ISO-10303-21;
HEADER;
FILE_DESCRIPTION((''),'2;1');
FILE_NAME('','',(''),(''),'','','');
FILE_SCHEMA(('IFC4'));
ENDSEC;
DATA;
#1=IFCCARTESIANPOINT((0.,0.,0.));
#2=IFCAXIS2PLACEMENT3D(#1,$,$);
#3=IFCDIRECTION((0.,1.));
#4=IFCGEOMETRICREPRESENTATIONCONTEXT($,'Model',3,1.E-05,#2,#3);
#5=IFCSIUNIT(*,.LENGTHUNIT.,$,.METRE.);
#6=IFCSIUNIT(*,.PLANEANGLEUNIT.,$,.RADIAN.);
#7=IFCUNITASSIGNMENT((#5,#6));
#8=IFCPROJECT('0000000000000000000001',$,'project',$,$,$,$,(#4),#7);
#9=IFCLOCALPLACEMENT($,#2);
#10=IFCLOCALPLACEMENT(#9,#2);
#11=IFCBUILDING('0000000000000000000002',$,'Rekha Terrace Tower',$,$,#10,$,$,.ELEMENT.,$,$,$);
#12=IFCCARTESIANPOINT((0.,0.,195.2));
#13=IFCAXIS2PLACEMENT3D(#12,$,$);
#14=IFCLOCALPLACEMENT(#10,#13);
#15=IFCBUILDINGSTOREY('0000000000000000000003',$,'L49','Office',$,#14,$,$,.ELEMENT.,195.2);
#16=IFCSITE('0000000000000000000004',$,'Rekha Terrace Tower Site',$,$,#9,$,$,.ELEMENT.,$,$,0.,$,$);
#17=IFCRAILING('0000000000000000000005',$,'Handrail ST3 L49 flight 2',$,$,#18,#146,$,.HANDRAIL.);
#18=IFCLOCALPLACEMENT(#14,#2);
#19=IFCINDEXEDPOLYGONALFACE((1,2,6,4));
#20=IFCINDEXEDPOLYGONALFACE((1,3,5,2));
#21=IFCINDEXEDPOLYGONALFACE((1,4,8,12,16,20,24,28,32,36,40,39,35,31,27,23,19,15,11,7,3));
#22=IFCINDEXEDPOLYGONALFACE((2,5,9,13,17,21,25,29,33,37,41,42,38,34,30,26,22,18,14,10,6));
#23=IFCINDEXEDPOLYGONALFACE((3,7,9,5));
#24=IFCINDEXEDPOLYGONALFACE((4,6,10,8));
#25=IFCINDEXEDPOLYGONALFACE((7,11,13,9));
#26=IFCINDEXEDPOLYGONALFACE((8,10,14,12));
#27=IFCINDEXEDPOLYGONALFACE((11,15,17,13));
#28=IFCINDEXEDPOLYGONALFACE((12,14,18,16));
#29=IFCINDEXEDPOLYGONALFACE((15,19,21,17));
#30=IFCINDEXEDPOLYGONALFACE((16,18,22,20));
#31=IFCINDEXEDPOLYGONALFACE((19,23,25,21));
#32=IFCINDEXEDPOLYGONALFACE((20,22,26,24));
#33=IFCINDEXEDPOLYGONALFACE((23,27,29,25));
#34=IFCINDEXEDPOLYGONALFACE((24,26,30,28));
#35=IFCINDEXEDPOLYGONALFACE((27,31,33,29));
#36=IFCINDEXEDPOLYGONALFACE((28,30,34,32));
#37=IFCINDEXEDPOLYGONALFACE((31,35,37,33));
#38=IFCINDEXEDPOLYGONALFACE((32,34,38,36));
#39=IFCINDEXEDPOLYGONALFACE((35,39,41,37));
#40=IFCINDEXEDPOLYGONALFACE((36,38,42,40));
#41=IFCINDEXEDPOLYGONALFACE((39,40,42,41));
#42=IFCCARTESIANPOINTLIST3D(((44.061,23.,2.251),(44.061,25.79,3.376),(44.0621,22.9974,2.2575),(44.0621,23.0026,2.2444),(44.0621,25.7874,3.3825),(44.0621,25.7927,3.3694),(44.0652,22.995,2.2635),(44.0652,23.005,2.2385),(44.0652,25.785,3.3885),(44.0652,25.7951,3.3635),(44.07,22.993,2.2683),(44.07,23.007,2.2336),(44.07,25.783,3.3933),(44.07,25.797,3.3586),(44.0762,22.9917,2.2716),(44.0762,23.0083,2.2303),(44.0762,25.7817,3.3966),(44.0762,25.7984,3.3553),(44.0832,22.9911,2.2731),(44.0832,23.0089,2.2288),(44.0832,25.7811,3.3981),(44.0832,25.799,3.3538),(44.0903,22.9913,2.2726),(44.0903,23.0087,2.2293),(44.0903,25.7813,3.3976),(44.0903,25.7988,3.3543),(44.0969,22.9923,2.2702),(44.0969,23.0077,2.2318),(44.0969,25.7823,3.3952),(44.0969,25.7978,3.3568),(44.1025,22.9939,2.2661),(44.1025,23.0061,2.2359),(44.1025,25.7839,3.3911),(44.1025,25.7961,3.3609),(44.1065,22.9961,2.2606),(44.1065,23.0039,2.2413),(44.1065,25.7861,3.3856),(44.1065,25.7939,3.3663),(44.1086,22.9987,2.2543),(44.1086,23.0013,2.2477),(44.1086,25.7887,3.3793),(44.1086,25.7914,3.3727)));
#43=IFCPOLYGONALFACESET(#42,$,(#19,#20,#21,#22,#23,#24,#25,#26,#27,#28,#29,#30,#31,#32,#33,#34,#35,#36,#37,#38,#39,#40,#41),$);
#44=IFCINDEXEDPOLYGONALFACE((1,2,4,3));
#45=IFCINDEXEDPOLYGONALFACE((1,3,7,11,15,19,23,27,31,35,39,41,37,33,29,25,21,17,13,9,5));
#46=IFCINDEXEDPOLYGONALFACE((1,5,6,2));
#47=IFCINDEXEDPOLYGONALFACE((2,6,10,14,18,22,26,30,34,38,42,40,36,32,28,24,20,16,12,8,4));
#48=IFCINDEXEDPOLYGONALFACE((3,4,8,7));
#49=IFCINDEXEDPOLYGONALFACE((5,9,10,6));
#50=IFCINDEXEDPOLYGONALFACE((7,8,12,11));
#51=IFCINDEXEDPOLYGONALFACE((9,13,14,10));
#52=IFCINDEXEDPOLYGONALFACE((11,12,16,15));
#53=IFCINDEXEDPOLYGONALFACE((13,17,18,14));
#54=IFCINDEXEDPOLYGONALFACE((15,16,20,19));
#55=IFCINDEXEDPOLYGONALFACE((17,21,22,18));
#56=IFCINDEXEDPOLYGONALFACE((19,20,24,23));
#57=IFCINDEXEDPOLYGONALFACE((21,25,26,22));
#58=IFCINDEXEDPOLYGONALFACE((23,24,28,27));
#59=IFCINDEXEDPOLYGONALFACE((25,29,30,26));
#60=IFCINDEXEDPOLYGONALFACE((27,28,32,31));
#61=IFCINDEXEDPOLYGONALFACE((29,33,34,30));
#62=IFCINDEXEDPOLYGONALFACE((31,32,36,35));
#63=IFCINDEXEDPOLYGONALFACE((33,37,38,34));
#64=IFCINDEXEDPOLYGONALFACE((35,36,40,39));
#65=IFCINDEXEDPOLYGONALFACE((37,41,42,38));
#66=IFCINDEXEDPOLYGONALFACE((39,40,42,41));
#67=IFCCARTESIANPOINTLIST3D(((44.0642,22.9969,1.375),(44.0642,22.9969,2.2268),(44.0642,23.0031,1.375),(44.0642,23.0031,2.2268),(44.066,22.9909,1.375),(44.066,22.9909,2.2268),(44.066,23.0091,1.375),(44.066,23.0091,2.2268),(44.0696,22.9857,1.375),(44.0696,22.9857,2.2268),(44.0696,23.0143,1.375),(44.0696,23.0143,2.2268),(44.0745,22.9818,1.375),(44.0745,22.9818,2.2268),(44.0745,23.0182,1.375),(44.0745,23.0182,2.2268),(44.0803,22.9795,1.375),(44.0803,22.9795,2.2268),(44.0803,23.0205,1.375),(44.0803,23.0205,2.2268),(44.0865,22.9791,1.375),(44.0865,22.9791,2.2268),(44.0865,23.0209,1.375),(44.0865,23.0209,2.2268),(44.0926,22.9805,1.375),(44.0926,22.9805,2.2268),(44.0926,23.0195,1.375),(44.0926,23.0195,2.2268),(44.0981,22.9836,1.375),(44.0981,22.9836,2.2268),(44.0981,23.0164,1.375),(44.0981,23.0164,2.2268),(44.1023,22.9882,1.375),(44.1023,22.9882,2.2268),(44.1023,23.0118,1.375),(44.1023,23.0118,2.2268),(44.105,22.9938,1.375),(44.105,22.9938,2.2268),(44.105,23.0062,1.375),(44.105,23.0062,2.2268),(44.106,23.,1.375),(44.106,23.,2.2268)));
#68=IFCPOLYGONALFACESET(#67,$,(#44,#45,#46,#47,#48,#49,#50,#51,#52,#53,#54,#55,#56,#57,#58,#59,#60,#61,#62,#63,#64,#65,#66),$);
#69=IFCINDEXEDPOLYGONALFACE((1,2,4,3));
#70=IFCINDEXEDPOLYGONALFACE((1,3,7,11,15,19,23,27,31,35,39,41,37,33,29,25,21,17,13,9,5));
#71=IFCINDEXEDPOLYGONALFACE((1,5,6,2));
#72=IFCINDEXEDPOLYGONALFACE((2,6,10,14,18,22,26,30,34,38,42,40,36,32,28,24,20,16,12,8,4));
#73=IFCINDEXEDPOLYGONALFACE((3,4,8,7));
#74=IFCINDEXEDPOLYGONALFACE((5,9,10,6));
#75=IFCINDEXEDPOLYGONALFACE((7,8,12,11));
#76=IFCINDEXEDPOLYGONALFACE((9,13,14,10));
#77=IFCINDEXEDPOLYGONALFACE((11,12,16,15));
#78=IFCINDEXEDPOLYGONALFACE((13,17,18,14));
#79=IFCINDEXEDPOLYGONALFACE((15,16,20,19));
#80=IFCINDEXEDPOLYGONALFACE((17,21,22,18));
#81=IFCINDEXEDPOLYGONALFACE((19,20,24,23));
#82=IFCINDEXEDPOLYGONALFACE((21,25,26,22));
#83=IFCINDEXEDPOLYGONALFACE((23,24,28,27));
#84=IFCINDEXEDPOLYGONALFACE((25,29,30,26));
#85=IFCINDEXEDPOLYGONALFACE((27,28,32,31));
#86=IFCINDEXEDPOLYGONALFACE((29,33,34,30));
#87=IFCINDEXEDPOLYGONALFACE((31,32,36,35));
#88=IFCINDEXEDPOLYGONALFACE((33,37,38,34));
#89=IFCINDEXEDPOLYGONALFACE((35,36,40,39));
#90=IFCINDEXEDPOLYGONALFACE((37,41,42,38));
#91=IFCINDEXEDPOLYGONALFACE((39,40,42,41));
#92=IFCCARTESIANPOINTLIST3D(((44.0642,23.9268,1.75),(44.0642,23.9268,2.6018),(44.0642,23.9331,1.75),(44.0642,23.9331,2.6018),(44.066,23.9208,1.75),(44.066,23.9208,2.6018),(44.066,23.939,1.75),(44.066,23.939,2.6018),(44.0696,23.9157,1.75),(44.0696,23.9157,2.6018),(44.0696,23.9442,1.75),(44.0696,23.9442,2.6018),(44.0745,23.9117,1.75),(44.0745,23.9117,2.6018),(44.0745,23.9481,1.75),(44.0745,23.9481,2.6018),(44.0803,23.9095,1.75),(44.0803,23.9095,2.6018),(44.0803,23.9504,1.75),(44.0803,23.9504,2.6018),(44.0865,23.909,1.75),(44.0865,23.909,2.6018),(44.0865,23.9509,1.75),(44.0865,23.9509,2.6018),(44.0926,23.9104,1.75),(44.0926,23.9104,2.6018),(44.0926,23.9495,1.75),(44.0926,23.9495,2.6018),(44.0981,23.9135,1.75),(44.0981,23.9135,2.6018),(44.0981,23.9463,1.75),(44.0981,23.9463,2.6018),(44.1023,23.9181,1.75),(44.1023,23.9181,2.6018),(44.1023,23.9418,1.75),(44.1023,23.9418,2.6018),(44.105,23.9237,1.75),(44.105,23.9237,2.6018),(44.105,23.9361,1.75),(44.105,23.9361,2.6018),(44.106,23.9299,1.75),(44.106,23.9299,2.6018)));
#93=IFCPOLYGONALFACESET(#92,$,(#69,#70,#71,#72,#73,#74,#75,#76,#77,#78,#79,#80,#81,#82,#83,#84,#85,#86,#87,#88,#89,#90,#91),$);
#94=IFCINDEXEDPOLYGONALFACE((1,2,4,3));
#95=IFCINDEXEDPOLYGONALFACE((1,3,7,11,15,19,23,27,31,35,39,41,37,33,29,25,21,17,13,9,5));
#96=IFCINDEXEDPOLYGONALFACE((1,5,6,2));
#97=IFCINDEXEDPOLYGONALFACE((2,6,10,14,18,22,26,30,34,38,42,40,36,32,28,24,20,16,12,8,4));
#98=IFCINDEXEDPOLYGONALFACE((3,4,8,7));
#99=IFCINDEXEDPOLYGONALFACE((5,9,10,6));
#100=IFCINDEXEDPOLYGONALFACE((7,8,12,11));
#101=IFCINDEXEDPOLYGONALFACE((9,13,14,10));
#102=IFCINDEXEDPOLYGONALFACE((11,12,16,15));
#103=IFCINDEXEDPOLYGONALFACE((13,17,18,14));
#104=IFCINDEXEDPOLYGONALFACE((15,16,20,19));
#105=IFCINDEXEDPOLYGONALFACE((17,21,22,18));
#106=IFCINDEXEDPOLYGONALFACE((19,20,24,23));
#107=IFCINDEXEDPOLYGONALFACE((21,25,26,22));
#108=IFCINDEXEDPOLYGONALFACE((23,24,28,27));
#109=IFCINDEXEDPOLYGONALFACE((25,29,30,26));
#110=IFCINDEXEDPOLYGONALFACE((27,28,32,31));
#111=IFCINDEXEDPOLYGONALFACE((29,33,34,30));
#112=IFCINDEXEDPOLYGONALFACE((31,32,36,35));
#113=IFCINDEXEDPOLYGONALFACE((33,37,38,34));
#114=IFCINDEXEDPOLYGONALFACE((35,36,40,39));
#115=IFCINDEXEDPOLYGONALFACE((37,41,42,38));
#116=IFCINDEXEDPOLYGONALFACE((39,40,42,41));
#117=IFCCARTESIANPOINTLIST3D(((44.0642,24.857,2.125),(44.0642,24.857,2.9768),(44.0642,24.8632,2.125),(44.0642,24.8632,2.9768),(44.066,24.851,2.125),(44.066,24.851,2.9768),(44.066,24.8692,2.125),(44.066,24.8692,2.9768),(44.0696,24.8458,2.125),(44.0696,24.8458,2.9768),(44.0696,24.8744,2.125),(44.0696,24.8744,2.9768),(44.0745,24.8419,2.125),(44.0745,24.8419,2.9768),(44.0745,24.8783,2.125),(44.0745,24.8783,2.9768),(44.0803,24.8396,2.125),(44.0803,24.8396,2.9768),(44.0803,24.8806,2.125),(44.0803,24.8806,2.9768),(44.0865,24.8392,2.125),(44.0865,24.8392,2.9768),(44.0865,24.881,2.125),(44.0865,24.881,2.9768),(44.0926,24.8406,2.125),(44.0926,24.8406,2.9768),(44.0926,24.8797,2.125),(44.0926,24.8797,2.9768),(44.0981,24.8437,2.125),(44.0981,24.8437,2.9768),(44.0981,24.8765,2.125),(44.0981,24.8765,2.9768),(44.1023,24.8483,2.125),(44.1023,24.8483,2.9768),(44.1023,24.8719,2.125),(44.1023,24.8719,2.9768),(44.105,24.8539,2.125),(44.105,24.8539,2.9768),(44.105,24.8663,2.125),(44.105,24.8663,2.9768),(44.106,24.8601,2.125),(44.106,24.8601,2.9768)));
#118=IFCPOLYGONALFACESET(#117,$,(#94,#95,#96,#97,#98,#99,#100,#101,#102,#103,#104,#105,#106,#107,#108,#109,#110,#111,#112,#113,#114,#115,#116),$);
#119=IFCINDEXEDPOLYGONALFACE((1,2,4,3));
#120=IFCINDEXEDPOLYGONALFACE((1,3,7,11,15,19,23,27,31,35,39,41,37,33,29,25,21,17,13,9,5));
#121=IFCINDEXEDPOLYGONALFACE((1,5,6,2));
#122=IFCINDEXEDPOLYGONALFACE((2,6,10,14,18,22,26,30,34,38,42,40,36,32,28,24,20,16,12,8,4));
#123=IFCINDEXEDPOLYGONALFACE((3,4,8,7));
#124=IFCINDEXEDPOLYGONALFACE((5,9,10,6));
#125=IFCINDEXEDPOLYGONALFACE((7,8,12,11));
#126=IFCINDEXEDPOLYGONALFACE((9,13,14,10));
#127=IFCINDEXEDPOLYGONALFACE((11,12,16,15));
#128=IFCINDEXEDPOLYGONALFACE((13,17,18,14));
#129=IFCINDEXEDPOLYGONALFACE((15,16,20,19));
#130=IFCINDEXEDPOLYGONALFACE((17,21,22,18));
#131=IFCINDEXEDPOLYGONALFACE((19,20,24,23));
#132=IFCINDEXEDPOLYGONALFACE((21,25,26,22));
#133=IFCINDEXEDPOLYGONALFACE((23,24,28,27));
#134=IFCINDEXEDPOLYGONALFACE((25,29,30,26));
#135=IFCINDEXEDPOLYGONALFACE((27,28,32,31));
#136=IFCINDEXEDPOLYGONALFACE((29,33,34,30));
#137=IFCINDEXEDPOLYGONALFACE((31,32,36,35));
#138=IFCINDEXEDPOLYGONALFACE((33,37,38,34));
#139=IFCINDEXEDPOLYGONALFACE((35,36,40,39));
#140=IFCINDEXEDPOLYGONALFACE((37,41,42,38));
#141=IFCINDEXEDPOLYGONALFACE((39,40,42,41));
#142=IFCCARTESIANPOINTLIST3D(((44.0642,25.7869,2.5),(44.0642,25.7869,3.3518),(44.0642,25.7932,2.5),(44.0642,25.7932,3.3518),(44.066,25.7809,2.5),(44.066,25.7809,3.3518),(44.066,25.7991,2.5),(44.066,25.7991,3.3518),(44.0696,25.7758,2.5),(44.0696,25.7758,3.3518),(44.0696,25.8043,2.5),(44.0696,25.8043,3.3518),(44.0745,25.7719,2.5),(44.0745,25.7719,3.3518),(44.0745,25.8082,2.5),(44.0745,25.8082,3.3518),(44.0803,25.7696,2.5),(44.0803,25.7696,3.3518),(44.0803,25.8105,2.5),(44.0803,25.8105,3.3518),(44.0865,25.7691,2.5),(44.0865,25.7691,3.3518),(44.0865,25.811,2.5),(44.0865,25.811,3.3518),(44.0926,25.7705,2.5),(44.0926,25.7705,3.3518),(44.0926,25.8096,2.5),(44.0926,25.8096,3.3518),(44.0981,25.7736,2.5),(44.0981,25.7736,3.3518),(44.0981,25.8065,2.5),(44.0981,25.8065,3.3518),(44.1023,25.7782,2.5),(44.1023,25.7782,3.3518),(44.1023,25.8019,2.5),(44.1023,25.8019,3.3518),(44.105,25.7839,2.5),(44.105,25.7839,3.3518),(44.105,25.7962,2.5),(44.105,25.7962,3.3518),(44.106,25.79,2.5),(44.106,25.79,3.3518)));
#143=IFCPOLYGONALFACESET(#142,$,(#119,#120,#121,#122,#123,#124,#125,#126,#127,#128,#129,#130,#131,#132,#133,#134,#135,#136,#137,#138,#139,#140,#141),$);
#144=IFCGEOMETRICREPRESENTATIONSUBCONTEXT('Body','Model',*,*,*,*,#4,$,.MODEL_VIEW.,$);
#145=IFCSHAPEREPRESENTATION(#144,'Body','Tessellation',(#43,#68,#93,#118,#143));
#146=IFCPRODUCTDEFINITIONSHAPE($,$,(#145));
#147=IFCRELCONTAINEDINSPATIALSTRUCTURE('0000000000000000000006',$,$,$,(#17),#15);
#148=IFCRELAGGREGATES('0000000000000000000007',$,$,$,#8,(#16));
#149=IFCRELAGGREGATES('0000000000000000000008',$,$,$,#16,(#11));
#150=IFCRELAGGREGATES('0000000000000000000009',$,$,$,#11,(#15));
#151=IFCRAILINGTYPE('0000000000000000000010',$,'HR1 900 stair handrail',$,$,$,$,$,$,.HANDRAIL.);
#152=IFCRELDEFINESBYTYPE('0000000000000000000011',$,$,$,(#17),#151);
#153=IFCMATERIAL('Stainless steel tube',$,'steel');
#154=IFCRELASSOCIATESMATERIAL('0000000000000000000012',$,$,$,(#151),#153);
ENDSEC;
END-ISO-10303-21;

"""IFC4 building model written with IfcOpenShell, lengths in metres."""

from ifc_helpers import new_model, si_unit, direction, frame, origin, origin_2d, place, context, subcontext, project, spatial, circle, extrude, material, type_object, element, save


model = new_model("IFC4")

# Units and contexts
model_context = context("Model", 3, precision=1e-05, world=origin(), true_north=direction((0.0, 1.0)))
body_context = subcontext(model_context, "Body", "Model", "MODEL_VIEW")
ifc_project = project(units=[si_unit("LENGTHUNIT", "METRE"), si_unit("PLANEANGLEUNIT", "RADIAN")], contexts=[model_context])

# Site, building, storey
site_placement = place(None, origin())
site = spatial("IfcSite", under=ifc_project, at=site_placement, Name="Rekha Terrace Tower Site", CompositionType="ELEMENT", RefElevation=0.0)
building_placement = place(site_placement, origin())
building = spatial("IfcBuilding", under=site, at=building_placement, Name="Rekha Terrace Tower", CompositionType="ELEMENT")
storey_placement = place(building_placement, frame((0.0, 0.0, 195.2)))
storey = spatial("IfcBuildingStorey", under=building, at=storey_placement, Name="L49", Description="Office", CompositionType="ELEMENT", Elevation=195.2)

# Railing
ifc_material_1 = material(Name="Stainless steel tube", Category="steel")
railing_type = type_object("IfcRailingType", Name="HR1 900 stair handrail", PredefinedType="HANDRAIL", material=ifc_material_1)
railing_1_placement = place(storey_placement, frame((44.085, 23.0, 1.375)))
element("IfcRailing", 1, at=railing_1_placement, inside=storey, type_object=railing_type, Name="Handrail ST3 L49 flight 2", PredefinedType="HANDRAIL", context=body_context, shape_type="SweptSolid", body=[
    extrude(circle(Radius=0.0239, at=origin_2d()), frame((0.0, 0.0, 0.876), z_axis=(0.0, 0.927443, 0.373964), x_axis=(-1.0, 0.0, 0.0)), (0.0, 0.0, 1.0), 3.0083),
    extrude(circle(Radius=0.021, at=origin_2d()), origin(), (0.0, 0.0, 1.0), 0.8518),
    extrude(circle(Radius=0.021, at=origin_2d()), frame((0.0, 0.9299, 0.375)), (0.0, 0.0, 1.0), 0.8518),
    extrude(circle(Radius=0.021, at=origin_2d()), frame((0.0, 1.8601, 0.75)), (0.0, 0.0, 1.0), 0.8518),
    extrude(circle(Radius=0.021, at=origin_2d()), frame((0.0, 2.79, 1.125)), (0.0, 0.0, 1.0), 0.8518),
])

save(model, "model.ifc")
